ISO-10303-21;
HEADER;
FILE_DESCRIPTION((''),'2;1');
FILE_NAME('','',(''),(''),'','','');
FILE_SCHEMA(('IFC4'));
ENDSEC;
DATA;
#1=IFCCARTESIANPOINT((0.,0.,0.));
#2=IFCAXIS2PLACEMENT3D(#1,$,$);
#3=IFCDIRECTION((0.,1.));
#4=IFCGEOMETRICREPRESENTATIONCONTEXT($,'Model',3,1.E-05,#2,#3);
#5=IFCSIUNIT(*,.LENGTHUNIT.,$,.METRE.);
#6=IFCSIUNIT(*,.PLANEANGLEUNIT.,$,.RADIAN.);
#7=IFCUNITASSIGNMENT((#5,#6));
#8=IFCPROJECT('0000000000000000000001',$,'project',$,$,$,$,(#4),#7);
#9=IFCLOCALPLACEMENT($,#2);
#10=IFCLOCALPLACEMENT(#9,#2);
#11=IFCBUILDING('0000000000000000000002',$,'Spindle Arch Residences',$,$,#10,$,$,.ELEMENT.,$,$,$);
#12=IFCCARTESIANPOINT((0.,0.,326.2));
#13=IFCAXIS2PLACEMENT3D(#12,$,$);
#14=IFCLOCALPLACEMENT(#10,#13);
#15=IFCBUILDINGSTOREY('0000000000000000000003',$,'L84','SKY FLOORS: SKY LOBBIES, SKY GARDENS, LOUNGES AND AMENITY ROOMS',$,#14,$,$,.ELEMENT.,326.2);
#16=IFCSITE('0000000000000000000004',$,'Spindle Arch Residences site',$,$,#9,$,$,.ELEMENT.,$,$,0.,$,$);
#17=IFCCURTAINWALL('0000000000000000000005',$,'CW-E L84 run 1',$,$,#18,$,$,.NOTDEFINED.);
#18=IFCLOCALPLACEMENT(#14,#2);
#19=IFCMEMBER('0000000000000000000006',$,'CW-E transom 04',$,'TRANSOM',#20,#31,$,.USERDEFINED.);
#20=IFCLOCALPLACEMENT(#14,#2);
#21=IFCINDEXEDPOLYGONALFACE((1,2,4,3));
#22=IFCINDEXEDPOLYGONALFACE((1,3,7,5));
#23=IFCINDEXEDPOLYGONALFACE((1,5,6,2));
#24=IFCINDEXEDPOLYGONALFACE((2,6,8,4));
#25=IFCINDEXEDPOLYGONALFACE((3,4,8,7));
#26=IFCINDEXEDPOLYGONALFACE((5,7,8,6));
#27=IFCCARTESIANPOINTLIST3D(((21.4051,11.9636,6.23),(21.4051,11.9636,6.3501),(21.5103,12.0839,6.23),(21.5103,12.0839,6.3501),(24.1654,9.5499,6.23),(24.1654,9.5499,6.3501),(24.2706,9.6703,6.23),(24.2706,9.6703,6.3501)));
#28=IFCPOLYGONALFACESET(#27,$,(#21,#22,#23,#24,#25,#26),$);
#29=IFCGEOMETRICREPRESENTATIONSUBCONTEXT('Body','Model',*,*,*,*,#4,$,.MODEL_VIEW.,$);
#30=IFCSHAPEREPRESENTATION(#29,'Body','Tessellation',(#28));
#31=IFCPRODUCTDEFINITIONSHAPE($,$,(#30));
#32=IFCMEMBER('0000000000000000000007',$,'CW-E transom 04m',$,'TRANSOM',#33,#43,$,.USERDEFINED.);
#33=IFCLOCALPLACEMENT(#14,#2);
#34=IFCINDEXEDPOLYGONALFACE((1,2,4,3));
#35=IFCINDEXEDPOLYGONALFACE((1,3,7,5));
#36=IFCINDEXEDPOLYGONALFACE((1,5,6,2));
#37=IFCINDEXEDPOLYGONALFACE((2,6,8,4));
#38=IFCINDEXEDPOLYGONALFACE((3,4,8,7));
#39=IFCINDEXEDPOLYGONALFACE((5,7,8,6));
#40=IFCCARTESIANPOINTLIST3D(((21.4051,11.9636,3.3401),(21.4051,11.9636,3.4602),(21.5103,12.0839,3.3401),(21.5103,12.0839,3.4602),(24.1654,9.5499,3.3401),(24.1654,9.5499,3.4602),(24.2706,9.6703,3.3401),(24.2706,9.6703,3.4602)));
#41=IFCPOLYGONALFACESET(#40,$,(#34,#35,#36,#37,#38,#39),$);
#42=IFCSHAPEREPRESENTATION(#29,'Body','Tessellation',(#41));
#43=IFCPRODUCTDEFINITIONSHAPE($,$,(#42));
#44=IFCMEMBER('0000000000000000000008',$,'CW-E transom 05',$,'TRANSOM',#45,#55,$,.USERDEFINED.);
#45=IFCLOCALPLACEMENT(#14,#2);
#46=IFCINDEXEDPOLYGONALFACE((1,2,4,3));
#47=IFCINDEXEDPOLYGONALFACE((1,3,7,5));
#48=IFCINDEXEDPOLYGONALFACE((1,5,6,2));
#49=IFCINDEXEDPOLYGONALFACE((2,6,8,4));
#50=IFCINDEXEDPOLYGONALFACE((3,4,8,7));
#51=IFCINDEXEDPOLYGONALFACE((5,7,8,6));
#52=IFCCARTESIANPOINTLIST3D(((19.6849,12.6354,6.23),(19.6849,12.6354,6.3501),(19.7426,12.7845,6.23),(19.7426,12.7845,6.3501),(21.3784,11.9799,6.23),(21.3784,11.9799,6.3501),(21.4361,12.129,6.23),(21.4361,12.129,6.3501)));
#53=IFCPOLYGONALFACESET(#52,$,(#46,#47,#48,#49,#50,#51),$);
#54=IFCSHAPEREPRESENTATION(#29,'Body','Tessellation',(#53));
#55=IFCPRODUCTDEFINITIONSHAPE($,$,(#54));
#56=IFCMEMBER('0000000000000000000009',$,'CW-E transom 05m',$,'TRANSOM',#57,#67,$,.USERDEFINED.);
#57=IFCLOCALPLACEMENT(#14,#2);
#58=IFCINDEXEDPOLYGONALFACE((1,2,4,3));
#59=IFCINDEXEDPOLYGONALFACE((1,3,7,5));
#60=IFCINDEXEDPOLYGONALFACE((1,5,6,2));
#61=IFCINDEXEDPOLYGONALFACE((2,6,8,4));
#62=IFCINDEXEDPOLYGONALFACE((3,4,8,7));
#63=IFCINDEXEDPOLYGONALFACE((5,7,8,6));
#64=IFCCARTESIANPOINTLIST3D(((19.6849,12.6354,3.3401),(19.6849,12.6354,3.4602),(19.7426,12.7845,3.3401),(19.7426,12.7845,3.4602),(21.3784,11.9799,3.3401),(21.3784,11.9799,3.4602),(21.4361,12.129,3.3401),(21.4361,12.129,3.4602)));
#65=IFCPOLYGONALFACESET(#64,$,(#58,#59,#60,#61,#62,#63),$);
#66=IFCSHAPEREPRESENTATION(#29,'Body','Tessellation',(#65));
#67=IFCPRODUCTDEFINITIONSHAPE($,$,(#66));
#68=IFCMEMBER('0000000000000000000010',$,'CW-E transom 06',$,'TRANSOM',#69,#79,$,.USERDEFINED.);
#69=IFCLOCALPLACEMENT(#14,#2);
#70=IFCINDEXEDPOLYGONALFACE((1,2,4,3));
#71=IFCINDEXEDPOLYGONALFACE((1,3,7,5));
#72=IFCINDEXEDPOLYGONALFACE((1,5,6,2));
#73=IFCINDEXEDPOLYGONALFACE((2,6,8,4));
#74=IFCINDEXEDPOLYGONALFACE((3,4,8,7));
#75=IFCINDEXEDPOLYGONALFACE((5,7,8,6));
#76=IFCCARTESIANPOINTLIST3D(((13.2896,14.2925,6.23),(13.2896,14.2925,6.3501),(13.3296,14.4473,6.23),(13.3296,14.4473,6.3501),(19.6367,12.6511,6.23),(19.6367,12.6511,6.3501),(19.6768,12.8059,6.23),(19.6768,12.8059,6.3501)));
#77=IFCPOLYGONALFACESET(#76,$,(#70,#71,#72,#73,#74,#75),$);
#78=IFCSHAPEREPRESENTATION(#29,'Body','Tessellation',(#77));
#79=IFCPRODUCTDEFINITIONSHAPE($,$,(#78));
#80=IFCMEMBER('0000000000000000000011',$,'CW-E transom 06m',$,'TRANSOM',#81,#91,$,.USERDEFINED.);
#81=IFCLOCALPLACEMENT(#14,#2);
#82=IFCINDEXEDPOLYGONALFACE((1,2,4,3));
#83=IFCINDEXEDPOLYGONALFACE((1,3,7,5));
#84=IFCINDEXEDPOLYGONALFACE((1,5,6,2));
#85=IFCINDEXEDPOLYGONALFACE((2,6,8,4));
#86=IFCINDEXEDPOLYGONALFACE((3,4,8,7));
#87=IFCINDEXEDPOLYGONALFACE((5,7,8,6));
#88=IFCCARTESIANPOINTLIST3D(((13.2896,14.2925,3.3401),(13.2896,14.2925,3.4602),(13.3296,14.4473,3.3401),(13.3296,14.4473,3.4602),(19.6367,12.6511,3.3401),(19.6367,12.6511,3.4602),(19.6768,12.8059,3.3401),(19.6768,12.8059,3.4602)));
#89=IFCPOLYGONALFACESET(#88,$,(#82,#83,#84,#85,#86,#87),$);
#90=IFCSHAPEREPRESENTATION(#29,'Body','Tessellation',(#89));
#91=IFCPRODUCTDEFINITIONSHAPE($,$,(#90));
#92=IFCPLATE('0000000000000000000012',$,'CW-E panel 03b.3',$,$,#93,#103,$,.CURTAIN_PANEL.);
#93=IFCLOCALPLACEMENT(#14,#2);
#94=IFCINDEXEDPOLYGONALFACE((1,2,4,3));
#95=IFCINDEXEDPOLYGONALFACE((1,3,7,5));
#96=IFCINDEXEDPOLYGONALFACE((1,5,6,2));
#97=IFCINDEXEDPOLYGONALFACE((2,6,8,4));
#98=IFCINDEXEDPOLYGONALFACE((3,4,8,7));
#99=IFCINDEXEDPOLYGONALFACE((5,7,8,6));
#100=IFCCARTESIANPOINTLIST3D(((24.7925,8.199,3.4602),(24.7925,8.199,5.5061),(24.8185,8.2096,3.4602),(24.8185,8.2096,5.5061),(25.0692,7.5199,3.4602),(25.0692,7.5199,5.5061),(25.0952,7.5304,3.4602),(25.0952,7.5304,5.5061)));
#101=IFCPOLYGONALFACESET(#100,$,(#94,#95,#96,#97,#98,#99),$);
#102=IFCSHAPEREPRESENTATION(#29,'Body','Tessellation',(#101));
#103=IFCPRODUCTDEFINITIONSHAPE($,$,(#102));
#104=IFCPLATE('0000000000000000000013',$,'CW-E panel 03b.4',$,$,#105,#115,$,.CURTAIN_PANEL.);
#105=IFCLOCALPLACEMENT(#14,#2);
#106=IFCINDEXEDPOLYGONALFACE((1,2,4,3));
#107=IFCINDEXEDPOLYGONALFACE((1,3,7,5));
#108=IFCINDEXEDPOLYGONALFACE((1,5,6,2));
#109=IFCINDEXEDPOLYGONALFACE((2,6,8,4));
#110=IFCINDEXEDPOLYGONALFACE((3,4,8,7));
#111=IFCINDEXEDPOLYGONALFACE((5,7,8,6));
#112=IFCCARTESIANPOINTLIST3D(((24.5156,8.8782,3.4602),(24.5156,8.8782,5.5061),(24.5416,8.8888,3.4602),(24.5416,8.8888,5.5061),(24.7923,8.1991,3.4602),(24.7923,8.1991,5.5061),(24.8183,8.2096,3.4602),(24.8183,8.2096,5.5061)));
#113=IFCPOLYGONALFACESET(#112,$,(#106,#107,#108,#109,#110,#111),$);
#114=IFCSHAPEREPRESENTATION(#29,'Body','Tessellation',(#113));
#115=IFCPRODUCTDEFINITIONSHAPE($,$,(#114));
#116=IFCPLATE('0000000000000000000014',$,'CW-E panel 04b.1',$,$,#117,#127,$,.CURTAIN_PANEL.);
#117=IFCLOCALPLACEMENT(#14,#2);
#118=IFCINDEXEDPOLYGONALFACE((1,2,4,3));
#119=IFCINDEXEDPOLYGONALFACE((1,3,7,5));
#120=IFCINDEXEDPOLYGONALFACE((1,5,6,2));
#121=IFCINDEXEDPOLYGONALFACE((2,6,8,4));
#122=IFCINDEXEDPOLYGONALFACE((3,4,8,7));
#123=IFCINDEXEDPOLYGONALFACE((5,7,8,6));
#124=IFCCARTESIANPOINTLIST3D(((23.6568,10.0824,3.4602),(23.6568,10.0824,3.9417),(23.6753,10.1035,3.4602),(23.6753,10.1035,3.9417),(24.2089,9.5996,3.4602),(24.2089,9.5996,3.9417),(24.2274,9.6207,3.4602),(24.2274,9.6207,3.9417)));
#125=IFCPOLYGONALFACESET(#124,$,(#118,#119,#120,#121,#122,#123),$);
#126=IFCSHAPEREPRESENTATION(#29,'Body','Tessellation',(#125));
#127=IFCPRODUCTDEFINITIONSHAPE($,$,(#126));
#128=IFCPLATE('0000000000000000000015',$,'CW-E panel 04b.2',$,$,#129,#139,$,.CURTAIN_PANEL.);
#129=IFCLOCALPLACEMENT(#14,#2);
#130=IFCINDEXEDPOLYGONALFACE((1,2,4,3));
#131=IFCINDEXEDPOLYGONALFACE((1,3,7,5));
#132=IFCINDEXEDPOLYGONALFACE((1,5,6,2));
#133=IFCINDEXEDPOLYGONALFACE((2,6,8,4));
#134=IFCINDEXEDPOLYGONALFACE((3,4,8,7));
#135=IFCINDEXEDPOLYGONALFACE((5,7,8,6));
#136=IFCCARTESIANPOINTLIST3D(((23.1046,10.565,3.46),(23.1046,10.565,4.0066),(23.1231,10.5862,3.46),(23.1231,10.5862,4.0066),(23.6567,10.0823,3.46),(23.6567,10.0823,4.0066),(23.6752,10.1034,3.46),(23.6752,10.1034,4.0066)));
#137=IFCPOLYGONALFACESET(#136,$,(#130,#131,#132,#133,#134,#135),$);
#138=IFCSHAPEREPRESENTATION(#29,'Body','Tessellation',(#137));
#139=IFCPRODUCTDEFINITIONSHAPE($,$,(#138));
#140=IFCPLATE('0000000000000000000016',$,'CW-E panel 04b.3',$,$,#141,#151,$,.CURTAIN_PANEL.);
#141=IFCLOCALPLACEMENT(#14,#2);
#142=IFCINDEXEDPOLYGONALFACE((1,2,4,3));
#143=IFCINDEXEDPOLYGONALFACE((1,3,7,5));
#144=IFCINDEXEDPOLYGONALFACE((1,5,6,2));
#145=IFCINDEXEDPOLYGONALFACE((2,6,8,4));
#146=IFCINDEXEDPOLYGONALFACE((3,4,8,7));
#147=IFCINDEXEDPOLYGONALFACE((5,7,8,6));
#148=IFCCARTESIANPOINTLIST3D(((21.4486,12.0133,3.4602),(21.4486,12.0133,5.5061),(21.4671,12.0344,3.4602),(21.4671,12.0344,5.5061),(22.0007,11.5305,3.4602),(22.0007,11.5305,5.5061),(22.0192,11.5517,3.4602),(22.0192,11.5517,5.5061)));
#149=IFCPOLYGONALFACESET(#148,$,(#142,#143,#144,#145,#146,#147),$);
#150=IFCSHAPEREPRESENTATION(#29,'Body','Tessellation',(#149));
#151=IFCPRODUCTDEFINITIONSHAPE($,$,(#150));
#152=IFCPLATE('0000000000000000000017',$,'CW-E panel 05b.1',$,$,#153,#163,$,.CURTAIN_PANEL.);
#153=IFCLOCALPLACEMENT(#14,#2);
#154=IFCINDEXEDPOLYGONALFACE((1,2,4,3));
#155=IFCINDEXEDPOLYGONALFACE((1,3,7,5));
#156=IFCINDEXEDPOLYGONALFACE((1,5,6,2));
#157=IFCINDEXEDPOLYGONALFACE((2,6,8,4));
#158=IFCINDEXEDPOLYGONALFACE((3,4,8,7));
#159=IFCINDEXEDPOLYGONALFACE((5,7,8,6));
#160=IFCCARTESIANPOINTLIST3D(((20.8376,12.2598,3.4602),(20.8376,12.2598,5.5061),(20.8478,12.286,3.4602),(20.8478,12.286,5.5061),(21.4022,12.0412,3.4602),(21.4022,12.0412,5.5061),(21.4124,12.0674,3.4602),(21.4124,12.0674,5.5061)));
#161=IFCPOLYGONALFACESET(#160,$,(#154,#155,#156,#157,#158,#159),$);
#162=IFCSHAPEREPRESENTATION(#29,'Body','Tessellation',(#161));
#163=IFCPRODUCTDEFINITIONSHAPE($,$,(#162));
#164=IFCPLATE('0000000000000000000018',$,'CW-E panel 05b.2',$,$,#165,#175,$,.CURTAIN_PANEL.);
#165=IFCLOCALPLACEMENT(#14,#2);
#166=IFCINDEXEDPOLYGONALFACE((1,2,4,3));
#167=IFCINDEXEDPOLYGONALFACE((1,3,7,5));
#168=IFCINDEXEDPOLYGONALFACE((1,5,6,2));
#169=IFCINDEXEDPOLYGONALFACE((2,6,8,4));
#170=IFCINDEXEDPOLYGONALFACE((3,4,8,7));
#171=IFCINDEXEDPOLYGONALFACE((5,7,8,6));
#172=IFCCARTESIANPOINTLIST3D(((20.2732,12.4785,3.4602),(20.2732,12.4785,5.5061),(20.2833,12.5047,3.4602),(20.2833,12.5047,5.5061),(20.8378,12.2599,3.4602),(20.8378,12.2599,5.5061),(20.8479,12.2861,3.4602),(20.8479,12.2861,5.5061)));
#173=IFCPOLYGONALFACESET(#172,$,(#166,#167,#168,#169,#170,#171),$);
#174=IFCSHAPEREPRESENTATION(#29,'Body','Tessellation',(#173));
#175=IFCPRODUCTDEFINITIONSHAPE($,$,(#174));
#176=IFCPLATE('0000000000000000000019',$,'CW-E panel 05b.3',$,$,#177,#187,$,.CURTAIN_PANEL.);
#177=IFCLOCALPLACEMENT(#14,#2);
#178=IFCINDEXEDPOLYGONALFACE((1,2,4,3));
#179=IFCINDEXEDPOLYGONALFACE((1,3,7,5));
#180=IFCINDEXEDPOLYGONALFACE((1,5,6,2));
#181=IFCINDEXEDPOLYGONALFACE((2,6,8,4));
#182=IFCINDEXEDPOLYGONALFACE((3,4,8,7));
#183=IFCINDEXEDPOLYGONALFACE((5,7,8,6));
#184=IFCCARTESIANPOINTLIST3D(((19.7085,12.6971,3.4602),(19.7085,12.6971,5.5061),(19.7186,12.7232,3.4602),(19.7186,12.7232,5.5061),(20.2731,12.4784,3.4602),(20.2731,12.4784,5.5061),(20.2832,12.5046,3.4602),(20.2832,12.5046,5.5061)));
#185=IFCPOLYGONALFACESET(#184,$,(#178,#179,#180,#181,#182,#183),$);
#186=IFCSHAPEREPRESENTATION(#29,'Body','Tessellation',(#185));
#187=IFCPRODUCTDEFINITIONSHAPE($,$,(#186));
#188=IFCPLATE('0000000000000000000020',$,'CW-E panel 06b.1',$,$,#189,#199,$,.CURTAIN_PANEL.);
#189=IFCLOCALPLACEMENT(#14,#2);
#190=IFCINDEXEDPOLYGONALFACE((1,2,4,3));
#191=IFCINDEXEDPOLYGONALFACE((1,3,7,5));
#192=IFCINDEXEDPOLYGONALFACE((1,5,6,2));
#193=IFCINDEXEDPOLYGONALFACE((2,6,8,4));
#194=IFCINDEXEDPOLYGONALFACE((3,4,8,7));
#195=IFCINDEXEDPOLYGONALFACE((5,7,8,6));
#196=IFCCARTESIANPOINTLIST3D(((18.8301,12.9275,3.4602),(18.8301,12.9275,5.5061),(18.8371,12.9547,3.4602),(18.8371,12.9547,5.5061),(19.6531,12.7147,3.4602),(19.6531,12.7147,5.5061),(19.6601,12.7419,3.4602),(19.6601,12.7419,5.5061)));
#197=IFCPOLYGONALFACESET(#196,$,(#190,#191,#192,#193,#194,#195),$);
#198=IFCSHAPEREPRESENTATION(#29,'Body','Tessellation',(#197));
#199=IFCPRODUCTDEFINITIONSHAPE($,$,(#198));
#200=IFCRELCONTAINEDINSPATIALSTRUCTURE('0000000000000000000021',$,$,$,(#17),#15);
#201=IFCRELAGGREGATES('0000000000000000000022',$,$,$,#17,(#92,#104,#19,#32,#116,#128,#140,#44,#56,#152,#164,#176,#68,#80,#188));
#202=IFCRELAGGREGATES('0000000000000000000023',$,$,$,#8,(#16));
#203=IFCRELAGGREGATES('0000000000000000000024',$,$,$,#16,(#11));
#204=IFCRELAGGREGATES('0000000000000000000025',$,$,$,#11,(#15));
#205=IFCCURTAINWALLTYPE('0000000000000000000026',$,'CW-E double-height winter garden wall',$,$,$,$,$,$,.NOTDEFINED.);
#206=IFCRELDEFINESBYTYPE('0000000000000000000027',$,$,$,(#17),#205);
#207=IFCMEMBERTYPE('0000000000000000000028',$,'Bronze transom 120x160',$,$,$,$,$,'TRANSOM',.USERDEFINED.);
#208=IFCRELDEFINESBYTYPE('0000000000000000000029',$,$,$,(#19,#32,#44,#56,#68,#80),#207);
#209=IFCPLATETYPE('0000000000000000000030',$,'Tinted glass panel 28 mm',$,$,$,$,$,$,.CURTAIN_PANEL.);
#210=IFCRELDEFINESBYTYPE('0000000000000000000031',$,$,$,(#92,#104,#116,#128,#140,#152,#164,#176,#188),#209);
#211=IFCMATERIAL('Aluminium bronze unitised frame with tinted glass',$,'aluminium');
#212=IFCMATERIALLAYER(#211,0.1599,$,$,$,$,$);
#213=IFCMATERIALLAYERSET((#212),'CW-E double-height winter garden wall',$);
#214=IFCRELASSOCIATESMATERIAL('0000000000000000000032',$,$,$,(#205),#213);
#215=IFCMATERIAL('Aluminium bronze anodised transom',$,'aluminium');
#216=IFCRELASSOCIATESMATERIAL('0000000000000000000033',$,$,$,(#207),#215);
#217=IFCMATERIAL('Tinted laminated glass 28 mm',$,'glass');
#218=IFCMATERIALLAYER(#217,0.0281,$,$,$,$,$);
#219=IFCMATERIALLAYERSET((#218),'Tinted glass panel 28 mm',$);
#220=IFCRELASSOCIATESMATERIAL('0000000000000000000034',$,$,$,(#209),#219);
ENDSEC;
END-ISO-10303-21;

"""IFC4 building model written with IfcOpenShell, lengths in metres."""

from ifc_helpers import new_model, si_unit, direction, frame, origin, origin_2d, place, context, subcontext, project, spatial, rectangle, extrude, material, layer, layer_set, material_profile, profile_set, type_object, element, aggregate, save


model = new_model("IFC4")

# Units and contexts
model_context = context("Model", 3, precision=1e-05, world=origin(), true_north=direction((0.0, 1.0)))
body_context = subcontext(model_context, "Body", "Model", "MODEL_VIEW")
ifc_project = project(units=[si_unit("LENGTHUNIT", "METRE"), si_unit("PLANEANGLEUNIT", "RADIAN")], contexts=[model_context])

# Site, building, storey
site_placement = place(None, origin())
site = spatial("IfcSite", under=ifc_project, at=site_placement, Name="Spindle Arch Residences site", CompositionType="ELEMENT", RefElevation=0.0)
building_placement = place(site_placement, origin())
building = spatial("IfcBuilding", under=site, at=building_placement, Name="Spindle Arch Residences", CompositionType="ELEMENT")
storey_placement = place(building_placement, frame((0.0, 0.0, 326.2)))
storey = spatial("IfcBuildingStorey", under=building, at=storey_placement, Name="L84", Description="SKY FLOORS: SKY LOBBIES, SKY GARDENS, LOUNGES AND AMENITY ROOMS", CompositionType="ELEMENT", Elevation=326.2)

# Curtain wall, members, plates
ifc_material_1 = material(Name="Aluminium bronze unitised frame with tinted glass", Category="aluminium")
ifc_layer_1 = layer(ifc_material_1, 0.1599)
ifc_layer_set_1 = layer_set([ifc_layer_1], Name="CW-E double-height winter garden wall")
curtain_wall_type = type_object("IfcCurtainWallType", Name="CW-E double-height winter garden wall", PredefinedType="NOTDEFINED", material=ifc_layer_set_1)
curtain_wall_placement = place(storey_placement, origin())
curtain_wall = element("IfcCurtainWall", 1, at=curtain_wall_placement, inside=storey, type_object=curtain_wall_type, Name="CW-E L84 run 1", PredefinedType="NOTDEFINED")
ifc_material_2 = material(Name="Aluminium bronze anodised transom", Category="aluminium")
ifc_material_profile_1 = material_profile(ifc_material_2, rectangle(XDim=0.1599, YDim=0.1201, at=origin_2d()), Name="TR 120x160")
ifc_profile_set_1 = profile_set([ifc_material_profile_1], Name="Aluminium bronze anodised transom")
member_type_1 = type_object("IfcMemberType", Name="Bronze transom 120x160", ElementType="TRANSOM", PredefinedType="USERDEFINED", material=ifc_profile_set_1)
member_1_placement = place(storey_placement, frame((24.218, 9.6101, 6.29), z_axis=(-0.752799, 0.65825, 0.0), x_axis=(-0.65825, -0.752799, 0.0)))
member_1 = element("IfcMember", 2, at=member_1_placement, type_object=member_type_1, Name="CW-E transom 04", ObjectType="TRANSOM", PredefinedType="USERDEFINED", context=body_context, shape_type="SweptSolid", body=[
    extrude(rectangle(XDim=0.1599, YDim=0.1201, at=origin_2d()), origin(), (0.0, 0.0, 1.0), 3.6667),
])
member_2_placement = place(storey_placement, frame((24.218, 9.6101, 3.4001), z_axis=(-0.752799, 0.65825, 0.0), x_axis=(-0.65825, -0.752799, 0.0)))
member_2 = element("IfcMember", 3, at=member_2_placement, type_object=member_type_1, Name="CW-E transom 04m", ObjectType="TRANSOM", PredefinedType="USERDEFINED", context=body_context, shape_type="SweptSolid", body=[
    extrude(rectangle(XDim=0.1599, YDim=0.1201, at=origin_2d()), origin(), (0.0, 0.0, 1.0), 3.6667),
])
member_3_placement = place(storey_placement, frame((21.4072, 12.0544, 6.29), z_axis=(-0.932581, 0.36096, 0.0), x_axis=(-0.36096, -0.932581, 0.0)))
member_3 = element("IfcMember", 4, at=member_3_placement, type_object=member_type_1, Name="CW-E transom 05", ObjectType="TRANSOM", PredefinedType="USERDEFINED", context=body_context, shape_type="SweptSolid", body=[
    extrude(rectangle(XDim=0.1599, YDim=0.1201, at=origin_2d()), origin(), (0.0, 0.0, 1.0), 1.8159),
])
member_4_placement = place(storey_placement, frame((21.4072, 12.0544, 3.4001), z_axis=(-0.932581, 0.36096, 0.0), x_axis=(-0.36096, -0.932581, 0.0)))
member_4 = element("IfcMember", 5, at=member_4_placement, type_object=member_type_1, Name="CW-E transom 05m", ObjectType="TRANSOM", PredefinedType="USERDEFINED", context=body_context, shape_type="SweptSolid", body=[
    extrude(rectangle(XDim=0.1599, YDim=0.1201, at=origin_2d()), origin(), (0.0, 0.0, 1.0), 1.8159),
])
member_5_placement = place(storey_placement, frame((19.6567, 12.7285, 6.29), z_axis=(-0.968153, 0.250361, 0.0), x_axis=(-0.250361, -0.968153, 0.0)))
member_5 = element("IfcMember", 6, at=member_5_placement, type_object=member_type_1, Name="CW-E transom 06", ObjectType="TRANSOM", PredefinedType="USERDEFINED", context=body_context, shape_type="SweptSolid", body=[
    extrude(rectangle(XDim=0.1599, YDim=0.1201, at=origin_2d()), origin(), (0.0, 0.0, 1.0), 6.5559),
])
member_6_placement = place(storey_placement, frame((19.6567, 12.7285, 3.4001), z_axis=(-0.968153, 0.250361, 0.0), x_axis=(-0.250361, -0.968153, 0.0)))
member_6 = element("IfcMember", 7, at=member_6_placement, type_object=member_type_1, Name="CW-E transom 06m", ObjectType="TRANSOM", PredefinedType="USERDEFINED", context=body_context, shape_type="SweptSolid", body=[
    extrude(rectangle(XDim=0.1599, YDim=0.1201, at=origin_2d()), origin(), (0.0, 0.0, 1.0), 6.5559),
])
ifc_material_3 = material(Name="Tinted laminated glass 28 mm", Category="glass")
ifc_layer_2 = layer(ifc_material_3, 0.0281)
ifc_layer_set_2 = layer_set([ifc_layer_2], Name="Tinted glass panel 28 mm")
plate_type_1 = type_object("IfcPlateType", Name="Tinted glass panel 28 mm", PredefinedType="CURTAIN_PANEL", material=ifc_layer_set_2)
plate_1_placement = place(storey_placement, frame((24.9438, 7.8647, 3.4602), z_axis=(0.0, 0.0, 1.0), x_axis=(-0.377302, 0.92609, 0.0)))
plate_1 = element("IfcPlate", 8, at=plate_1_placement, type_object=plate_type_1, Name="CW-E panel 03b.3", PredefinedType="CURTAIN_PANEL", context=body_context, shape_type="SweptSolid", body=[
    extrude(rectangle(XDim=0.7334, YDim=0.0281, at=origin_2d()), origin(), (0.0, 0.0, 1.0), 2.0459),
])
plate_2_placement = place(storey_placement, frame((24.667, 8.5439, 3.4602), z_axis=(0.0, 0.0, 1.0), x_axis=(-0.377302, 0.92609, 0.0)))
plate_2 = element("IfcPlate", 9, at=plate_2_placement, type_object=plate_type_1, Name="CW-E panel 03b.4", PredefinedType="CURTAIN_PANEL", context=body_context, shape_type="SweptSolid", body=[
    extrude(rectangle(XDim=0.7334, YDim=0.0281, at=origin_2d()), origin(), (0.0, 0.0, 1.0), 2.0459),
])
plate_3_placement = place(storey_placement, frame((23.9421, 9.8516, 3.4602), z_axis=(0.0, 0.0, 1.0), x_axis=(-0.752798, 0.658252, 0.0)))
plate_3 = element("IfcPlate", 10, at=plate_3_placement, type_object=plate_type_1, Name="CW-E panel 04b.1", PredefinedType="CURTAIN_PANEL", context=body_context, shape_type="SweptSolid", body=[
    extrude(rectangle(XDim=0.7334, YDim=0.0281, at=origin_2d()), origin(), (0.0, 0.0, 1.0), 0.4814),
])
plate_4_placement = place(storey_placement, frame((23.3899, 10.3342, 3.46), z_axis=(0.0, 0.0, 1.0), x_axis=(-0.752798, 0.658252, 0.0)))
plate_4 = element("IfcPlate", 11, at=plate_4_placement, type_object=plate_type_1, Name="CW-E panel 04b.2", PredefinedType="CURTAIN_PANEL", context=body_context, shape_type="SweptSolid", body=[
    extrude(rectangle(XDim=0.7334, YDim=0.0281, at=origin_2d()), origin(), (0.0, 0.0, 1.0), 0.5466),
])
plate_5_placement = place(storey_placement, frame((21.7339, 11.7825, 3.4602), z_axis=(0.0, 0.0, 1.0), x_axis=(-0.752798, 0.658252, 0.0)))
plate_5 = element("IfcPlate", 12, at=plate_5_placement, type_object=plate_type_1, Name="CW-E panel 04b.3", PredefinedType="CURTAIN_PANEL", context=body_context, shape_type="SweptSolid", body=[
    extrude(rectangle(XDim=0.7334, YDim=0.0281, at=origin_2d()), origin(), (0.0, 0.0, 1.0), 2.0459),
])
plate_6_placement = place(storey_placement, frame((21.125, 12.1636, 3.4602), z_axis=(0.0, 0.0, 1.0), x_axis=(-0.932534, 0.361082, 0.0)))
plate_6 = element("IfcPlate", 13, at=plate_6_placement, type_object=plate_type_1, Name="CW-E panel 05b.1", PredefinedType="CURTAIN_PANEL", context=body_context, shape_type="SweptSolid", body=[
    extrude(rectangle(XDim=0.6055, YDim=0.0281, at=origin_2d()), origin(), (0.0, 0.0, 1.0), 2.0459),
])
plate_7_placement = place(storey_placement, frame((20.5605, 12.3823, 3.4602), z_axis=(0.0, 0.0, 1.0), x_axis=(-0.932534, 0.361082, 0.0)))
plate_7 = element("IfcPlate", 14, at=plate_7_placement, type_object=plate_type_1, Name="CW-E panel 05b.2", PredefinedType="CURTAIN_PANEL", context=body_context, shape_type="SweptSolid", body=[
    extrude(rectangle(XDim=0.6055, YDim=0.0281, at=origin_2d()), origin(), (0.0, 0.0, 1.0), 2.0459),
])
plate_8_placement = place(storey_placement, frame((19.9958, 12.6008, 3.4602), z_axis=(0.0, 0.0, 1.0), x_axis=(-0.932534, 0.361082, 0.0)))
plate_8 = element("IfcPlate", 15, at=plate_8_placement, type_object=plate_type_1, Name="CW-E panel 05b.3", PredefinedType="CURTAIN_PANEL", context=body_context, shape_type="SweptSolid", body=[
    extrude(rectangle(XDim=0.6055, YDim=0.0281, at=origin_2d()), origin(), (0.0, 0.0, 1.0), 2.0459),
])
plate_9_placement = place(storey_placement, frame((19.2451, 12.8347, 3.4602), z_axis=(0.0, 0.0, 1.0), x_axis=(-0.968148, 0.25038, 0.0)))
plate_9 = element("IfcPlate", 16, at=plate_9_placement, type_object=plate_type_1, Name="CW-E panel 06b.1", PredefinedType="CURTAIN_PANEL", context=body_context, shape_type="SweptSolid", body=[
    extrude(rectangle(XDim=0.8501, YDim=0.0281, at=origin_2d()), origin(), (0.0, 0.0, 1.0), 2.0459),
])
aggregate(curtain_wall, [plate_1, plate_2, member_1, member_2, plate_3, plate_4, plate_5, member_3, member_4, plate_6, plate_7, plate_8, member_5, member_6, plate_9])

save(model, "model.ifc")
